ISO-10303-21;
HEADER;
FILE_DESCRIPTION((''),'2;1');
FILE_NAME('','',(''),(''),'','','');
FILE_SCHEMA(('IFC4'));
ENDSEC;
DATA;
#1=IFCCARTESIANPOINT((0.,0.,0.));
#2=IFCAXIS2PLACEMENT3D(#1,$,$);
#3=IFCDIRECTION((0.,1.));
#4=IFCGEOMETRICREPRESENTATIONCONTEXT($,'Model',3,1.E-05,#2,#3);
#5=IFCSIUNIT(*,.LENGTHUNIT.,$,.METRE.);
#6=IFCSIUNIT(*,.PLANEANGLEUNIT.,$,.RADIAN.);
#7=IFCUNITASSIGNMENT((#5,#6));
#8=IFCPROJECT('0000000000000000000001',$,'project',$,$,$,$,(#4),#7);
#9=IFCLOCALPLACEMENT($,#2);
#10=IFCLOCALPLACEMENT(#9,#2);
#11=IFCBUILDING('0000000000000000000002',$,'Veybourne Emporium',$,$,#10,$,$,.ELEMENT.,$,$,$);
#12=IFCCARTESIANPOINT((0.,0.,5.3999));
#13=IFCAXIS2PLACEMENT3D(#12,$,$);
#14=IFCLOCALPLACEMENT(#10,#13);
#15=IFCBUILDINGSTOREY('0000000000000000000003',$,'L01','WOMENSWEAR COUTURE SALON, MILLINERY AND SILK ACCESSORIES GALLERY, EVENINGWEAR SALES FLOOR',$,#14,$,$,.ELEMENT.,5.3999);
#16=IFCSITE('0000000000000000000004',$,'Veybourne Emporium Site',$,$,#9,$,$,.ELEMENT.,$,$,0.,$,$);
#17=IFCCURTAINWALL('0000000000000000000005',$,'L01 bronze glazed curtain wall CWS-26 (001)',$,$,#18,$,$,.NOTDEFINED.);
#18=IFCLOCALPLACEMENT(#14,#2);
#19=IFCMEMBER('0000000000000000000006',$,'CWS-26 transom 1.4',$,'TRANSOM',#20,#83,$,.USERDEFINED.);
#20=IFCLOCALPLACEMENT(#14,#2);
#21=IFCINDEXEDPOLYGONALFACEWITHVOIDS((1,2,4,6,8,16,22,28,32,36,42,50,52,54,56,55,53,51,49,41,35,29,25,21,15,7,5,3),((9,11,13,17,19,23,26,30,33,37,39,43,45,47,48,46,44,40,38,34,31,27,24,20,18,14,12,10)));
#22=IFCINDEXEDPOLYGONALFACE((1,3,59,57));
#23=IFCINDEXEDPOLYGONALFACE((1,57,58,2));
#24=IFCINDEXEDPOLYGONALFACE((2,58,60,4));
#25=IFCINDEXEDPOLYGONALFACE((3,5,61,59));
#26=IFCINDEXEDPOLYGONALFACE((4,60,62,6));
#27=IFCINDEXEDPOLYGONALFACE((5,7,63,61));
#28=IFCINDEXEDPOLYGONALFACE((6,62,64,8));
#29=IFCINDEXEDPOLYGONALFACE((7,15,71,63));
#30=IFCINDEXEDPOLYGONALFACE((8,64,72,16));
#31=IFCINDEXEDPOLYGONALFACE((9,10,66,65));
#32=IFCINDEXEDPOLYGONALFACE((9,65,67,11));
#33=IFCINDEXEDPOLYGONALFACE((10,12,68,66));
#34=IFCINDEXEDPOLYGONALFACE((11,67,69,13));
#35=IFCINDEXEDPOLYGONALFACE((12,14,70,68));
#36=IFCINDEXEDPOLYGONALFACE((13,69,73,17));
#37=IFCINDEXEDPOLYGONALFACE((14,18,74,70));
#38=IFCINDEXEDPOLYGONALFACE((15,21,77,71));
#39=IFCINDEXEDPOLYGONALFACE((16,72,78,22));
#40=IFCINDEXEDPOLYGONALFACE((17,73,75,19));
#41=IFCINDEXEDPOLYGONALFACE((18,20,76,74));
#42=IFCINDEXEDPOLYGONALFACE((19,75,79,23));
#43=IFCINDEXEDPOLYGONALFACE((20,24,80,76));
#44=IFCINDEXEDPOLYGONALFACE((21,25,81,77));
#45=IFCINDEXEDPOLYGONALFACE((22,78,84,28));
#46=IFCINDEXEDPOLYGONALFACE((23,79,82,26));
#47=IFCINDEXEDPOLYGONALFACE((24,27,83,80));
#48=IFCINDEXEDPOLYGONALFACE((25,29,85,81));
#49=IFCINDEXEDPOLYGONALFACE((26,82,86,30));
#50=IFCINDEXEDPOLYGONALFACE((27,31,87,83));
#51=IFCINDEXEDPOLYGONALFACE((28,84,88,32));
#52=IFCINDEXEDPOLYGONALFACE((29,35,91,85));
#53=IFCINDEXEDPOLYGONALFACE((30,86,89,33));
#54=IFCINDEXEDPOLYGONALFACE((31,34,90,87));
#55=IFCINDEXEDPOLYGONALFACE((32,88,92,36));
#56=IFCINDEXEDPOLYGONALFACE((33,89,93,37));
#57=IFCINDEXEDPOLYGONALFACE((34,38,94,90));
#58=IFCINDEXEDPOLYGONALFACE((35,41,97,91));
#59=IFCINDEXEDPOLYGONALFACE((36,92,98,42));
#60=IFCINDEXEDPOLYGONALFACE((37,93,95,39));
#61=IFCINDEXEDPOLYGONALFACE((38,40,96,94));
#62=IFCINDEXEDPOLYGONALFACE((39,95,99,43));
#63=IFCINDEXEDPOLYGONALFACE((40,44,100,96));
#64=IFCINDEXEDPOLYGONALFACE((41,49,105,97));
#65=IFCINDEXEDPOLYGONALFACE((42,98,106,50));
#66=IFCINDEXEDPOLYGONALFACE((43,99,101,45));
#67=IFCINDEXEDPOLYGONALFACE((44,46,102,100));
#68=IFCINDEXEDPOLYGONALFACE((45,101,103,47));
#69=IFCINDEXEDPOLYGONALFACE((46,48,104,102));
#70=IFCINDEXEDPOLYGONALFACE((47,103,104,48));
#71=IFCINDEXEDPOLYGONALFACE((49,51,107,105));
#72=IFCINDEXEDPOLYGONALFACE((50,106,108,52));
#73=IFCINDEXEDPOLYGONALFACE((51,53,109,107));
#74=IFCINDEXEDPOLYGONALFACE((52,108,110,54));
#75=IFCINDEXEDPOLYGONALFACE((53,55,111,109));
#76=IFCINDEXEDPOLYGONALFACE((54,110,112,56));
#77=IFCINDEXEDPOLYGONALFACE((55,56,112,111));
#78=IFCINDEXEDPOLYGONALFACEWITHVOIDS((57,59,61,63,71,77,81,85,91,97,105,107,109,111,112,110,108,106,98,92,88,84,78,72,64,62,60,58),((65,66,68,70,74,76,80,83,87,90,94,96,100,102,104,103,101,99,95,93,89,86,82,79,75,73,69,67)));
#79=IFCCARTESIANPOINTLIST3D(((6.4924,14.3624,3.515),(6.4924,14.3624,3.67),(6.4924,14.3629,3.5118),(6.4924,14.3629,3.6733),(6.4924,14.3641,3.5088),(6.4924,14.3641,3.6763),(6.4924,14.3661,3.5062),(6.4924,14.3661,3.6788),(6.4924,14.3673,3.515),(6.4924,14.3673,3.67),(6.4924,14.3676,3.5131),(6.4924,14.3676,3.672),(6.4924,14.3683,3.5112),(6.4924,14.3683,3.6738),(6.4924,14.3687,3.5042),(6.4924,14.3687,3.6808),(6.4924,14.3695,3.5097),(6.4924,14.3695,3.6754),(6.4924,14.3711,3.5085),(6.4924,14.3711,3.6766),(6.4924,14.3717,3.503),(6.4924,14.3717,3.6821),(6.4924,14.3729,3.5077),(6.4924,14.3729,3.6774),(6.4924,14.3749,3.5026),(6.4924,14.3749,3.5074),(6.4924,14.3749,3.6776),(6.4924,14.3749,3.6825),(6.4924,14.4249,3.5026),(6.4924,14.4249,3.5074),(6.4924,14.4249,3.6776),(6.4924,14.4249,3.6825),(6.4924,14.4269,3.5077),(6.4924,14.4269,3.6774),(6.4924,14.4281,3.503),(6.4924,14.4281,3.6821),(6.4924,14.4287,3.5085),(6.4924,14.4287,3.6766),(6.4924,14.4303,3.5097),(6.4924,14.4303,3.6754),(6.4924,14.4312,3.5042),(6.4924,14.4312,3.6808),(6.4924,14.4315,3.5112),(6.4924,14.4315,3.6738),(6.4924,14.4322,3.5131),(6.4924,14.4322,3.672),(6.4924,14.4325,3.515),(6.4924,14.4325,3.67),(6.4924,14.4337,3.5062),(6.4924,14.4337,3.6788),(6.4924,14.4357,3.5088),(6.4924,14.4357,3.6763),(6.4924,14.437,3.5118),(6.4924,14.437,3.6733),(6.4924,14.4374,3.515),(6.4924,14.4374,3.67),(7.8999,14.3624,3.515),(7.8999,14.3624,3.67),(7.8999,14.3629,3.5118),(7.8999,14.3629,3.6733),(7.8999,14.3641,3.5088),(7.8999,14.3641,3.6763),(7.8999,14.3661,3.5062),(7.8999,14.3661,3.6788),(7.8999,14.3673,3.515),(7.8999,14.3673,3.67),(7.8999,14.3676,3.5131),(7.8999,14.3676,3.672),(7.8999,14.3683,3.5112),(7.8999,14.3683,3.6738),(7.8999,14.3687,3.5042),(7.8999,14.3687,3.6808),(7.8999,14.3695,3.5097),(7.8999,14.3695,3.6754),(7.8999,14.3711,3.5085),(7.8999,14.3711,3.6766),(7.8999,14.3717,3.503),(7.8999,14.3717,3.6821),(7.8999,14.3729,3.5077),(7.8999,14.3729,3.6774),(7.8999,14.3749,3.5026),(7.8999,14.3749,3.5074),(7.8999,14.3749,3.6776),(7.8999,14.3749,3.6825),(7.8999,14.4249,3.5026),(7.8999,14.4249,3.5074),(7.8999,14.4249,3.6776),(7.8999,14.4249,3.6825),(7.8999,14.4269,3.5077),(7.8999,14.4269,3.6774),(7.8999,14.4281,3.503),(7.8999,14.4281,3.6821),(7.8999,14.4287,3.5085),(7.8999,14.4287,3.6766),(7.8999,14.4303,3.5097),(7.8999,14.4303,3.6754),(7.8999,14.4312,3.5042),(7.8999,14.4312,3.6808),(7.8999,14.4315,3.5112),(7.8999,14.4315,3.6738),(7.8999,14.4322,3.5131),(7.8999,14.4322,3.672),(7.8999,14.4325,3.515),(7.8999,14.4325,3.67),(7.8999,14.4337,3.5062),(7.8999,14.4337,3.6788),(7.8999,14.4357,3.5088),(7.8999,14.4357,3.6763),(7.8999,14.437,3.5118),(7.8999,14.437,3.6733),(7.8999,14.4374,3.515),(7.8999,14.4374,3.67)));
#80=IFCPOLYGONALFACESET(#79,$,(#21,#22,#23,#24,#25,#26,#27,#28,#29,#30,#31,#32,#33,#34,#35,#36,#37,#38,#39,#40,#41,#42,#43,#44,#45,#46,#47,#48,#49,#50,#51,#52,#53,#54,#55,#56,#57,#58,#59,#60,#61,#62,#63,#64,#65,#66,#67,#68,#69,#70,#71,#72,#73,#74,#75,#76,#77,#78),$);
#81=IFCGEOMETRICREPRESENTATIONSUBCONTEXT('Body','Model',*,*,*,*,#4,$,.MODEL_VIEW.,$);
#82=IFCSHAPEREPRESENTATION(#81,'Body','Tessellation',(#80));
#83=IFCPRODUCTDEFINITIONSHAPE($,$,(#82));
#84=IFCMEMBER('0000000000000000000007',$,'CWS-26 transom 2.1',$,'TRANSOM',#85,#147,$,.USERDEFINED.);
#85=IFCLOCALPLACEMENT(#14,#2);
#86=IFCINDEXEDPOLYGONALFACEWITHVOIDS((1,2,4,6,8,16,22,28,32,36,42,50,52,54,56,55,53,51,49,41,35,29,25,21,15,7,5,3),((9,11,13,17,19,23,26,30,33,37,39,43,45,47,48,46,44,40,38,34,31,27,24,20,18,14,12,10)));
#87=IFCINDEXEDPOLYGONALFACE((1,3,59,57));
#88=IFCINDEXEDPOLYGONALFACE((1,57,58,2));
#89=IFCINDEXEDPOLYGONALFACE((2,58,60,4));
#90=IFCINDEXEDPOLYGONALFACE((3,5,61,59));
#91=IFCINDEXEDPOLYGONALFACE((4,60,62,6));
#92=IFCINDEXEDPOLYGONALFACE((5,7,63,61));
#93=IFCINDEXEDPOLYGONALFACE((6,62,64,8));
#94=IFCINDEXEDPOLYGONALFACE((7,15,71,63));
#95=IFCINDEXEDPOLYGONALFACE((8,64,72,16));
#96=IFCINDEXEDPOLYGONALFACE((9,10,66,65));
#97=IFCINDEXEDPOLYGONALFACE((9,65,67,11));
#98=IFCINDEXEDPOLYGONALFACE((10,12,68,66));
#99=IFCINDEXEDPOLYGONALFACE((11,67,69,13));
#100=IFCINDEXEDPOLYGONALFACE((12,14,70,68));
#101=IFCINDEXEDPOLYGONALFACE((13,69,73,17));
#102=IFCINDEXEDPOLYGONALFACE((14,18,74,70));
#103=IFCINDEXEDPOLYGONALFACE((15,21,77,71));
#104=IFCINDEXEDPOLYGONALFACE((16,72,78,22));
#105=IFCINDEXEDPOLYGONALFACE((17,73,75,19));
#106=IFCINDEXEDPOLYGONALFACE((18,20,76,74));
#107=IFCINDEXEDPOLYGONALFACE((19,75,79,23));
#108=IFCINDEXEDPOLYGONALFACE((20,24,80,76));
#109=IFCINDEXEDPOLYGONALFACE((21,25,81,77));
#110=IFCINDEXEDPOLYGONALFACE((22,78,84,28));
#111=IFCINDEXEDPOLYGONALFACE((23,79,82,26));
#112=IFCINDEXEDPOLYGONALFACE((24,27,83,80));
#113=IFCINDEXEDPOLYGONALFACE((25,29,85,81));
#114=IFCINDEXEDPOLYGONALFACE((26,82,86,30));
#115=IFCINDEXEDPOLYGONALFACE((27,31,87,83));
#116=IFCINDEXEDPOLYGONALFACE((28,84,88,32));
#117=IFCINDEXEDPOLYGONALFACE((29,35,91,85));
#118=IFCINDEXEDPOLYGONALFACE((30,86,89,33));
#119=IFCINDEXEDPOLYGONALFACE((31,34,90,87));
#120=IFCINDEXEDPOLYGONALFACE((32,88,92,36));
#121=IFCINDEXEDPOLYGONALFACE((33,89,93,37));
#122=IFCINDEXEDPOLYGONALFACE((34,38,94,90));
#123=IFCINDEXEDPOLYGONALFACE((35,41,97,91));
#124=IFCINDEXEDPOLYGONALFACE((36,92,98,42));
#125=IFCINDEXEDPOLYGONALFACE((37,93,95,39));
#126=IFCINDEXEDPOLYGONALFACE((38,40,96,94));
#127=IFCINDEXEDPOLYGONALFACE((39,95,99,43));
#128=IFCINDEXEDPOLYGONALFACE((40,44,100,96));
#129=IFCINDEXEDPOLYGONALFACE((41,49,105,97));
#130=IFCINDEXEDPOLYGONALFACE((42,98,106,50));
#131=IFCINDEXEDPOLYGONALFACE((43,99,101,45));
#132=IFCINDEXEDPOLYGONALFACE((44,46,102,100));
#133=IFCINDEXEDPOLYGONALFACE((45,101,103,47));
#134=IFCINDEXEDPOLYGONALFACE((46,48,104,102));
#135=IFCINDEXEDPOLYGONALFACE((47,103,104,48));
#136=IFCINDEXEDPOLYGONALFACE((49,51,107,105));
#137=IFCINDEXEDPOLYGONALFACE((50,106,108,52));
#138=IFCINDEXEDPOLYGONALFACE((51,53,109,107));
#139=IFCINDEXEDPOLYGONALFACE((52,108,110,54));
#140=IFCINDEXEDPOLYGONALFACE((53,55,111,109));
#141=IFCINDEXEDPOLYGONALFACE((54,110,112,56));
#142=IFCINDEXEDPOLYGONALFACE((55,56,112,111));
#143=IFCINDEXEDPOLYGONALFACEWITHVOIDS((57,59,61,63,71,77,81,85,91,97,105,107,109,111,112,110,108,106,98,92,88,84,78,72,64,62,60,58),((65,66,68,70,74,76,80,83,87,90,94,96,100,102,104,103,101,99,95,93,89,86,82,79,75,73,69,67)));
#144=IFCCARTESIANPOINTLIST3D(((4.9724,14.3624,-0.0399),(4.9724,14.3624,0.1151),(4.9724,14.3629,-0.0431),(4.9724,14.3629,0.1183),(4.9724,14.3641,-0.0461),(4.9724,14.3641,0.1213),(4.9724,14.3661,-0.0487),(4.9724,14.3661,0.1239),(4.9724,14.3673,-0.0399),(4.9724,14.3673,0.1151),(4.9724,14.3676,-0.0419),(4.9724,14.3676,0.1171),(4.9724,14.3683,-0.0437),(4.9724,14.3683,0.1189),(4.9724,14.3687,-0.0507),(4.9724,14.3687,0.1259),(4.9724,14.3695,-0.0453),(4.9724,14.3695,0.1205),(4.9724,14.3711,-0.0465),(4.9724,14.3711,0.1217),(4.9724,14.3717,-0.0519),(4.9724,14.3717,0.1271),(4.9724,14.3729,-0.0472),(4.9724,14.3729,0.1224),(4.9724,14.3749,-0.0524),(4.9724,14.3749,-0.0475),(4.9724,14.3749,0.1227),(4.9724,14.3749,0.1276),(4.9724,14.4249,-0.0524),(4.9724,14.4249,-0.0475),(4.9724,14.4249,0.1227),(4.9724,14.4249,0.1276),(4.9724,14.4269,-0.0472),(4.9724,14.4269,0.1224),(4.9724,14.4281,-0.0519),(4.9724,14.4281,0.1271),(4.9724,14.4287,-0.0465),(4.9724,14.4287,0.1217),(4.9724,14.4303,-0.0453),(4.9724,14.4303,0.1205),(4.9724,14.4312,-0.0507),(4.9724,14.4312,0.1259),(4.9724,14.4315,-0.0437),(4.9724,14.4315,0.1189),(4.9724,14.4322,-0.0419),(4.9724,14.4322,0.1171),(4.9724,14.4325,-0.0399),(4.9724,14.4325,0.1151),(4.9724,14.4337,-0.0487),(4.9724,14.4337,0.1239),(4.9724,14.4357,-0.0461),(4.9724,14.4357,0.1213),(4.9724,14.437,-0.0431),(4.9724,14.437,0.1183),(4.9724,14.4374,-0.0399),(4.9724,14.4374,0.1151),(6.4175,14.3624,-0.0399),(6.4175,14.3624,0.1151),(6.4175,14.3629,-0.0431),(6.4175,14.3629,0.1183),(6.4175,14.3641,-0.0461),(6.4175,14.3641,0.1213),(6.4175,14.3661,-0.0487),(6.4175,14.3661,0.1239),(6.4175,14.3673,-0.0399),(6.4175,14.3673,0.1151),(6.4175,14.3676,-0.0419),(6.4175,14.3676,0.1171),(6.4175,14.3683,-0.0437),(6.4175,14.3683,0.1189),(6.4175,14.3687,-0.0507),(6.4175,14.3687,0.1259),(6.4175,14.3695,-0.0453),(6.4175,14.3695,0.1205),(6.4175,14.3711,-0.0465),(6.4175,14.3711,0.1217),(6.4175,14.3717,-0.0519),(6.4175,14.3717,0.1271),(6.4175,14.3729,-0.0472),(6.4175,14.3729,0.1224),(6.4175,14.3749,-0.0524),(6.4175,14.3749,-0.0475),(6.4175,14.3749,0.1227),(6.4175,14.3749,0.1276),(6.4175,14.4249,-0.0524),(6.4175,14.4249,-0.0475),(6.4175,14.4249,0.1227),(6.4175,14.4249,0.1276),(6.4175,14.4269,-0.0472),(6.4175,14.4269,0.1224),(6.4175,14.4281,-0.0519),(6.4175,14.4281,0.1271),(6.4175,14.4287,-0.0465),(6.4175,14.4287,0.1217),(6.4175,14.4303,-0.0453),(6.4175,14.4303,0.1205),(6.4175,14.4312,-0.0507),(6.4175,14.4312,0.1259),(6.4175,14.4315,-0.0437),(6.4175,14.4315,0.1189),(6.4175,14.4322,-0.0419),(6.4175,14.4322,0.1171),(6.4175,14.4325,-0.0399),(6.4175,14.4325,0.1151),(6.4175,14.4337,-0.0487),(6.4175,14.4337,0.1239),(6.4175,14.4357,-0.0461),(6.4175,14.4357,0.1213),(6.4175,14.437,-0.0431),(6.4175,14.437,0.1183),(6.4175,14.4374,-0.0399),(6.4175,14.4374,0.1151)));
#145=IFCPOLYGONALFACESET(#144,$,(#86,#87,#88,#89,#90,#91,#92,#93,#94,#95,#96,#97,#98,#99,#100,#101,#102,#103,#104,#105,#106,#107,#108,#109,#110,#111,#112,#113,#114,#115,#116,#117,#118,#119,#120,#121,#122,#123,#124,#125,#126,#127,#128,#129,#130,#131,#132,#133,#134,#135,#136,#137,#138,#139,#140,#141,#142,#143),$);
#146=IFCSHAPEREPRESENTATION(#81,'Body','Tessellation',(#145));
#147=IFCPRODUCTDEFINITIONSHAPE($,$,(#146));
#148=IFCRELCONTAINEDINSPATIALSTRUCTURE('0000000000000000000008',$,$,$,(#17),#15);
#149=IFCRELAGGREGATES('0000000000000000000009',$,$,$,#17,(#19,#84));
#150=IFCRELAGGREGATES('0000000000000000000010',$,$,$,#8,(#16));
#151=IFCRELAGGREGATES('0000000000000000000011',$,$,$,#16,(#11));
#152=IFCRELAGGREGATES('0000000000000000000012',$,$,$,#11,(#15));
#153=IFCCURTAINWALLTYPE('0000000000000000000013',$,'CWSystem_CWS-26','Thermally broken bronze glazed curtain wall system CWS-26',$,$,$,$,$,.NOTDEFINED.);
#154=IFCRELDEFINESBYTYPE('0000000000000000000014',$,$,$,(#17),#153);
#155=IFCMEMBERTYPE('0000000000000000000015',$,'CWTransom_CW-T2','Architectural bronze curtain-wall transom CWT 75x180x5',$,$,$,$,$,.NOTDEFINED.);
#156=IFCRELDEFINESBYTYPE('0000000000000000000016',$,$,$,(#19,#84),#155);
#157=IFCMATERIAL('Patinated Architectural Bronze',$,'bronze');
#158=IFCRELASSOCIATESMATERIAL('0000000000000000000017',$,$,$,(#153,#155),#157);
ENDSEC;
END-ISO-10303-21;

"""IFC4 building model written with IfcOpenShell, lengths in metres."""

from ifc_helpers import new_model, si_unit, direction, frame, origin, origin_2d, place, context, subcontext, project, spatial, hollow_rectangle, extrude, material, material_profile, profile_set, type_object, element, aggregate, save


model = new_model("IFC4")

# Units and contexts
model_context = context("Model", 3, precision=1e-05, world=origin(), true_north=direction((0.0, 1.0)))
body_context = subcontext(model_context, "Body", "Model", "MODEL_VIEW")
ifc_project = project(units=[si_unit("LENGTHUNIT", "METRE"), si_unit("PLANEANGLEUNIT", "RADIAN")], contexts=[model_context])

# Site, building, storey
site_placement = place(None, origin())
site = spatial("IfcSite", under=ifc_project, at=site_placement, Name="Veybourne Emporium Site", CompositionType="ELEMENT", RefElevation=0.0)
building_placement = place(site_placement, origin())
building = spatial("IfcBuilding", under=site, at=building_placement, Name="Veybourne Emporium", CompositionType="ELEMENT")
storey_placement = place(building_placement, frame((0.0, 0.0, 5.3999)))
storey = spatial("IfcBuildingStorey", under=building, at=storey_placement, Name="L01", Description="WOMENSWEAR COUTURE SALON, MILLINERY AND SILK ACCESSORIES GALLERY, EVENINGWEAR SALES FLOOR", CompositionType="ELEMENT", Elevation=5.3999)

# Curtain wall
ifc_material_1 = material(Name="Patinated Architectural Bronze", Category="bronze")
curtain_wall_type_1 = type_object("IfcCurtainWallType", Name="CWSystem_CWS-26", Description="Thermally broken bronze glazed curtain wall system CWS-26", PredefinedType="NOTDEFINED", material=ifc_material_1)
curtain_wall_1_placement = place(storey_placement, origin())
curtain_wall_1 = element("IfcCurtainWall", 1, at=curtain_wall_1_placement, inside=storey, type_object=curtain_wall_type_1, Name="L01 bronze glazed curtain wall CWS-26 (001)", PredefinedType="NOTDEFINED")

# Members
ifc_material_profile_1 = material_profile(ifc_material_1, hollow_rectangle(XDim=0.075, YDim=0.1799, WallThickness=0.0049, InnerFilletRadius=0.0076, OuterFilletRadius=0.0125, at=origin_2d()), Name="CWT 75x180x5")
ifc_profile_set_1 = profile_set([ifc_material_profile_1], Name="Patinated Architectural Bronze")
member_type_1 = type_object("IfcMemberType", Name="CWTransom_CW-T2", Description="Architectural bronze curtain-wall transom CWT 75x180x5", PredefinedType="NOTDEFINED", material=ifc_profile_set_1)
member_1_placement = place(storey_placement, frame((7.8999, 14.3999, 3.5925), z_axis=(-1.0, 0.0, 0.0), x_axis=(0.0, -1.0, 0.0)))
member_1 = element("IfcMember", 2, at=member_1_placement, type_object=member_type_1, Name="CWS-26 transom 1.4", ObjectType="TRANSOM", PredefinedType="USERDEFINED", context=body_context, shape_type="SweptSolid", body=[
    extrude(hollow_rectangle(XDim=0.075, YDim=0.1799, WallThickness=0.0049, InnerFilletRadius=0.0076, OuterFilletRadius=0.0125, at=origin_2d()), origin(), (0.0, 0.0, 1.0), 1.4075),
])
member_2_placement = place(storey_placement, frame((6.4175, 14.3999, 0.0376), z_axis=(-1.0, 0.0, 0.0), x_axis=(0.0, -1.0, 0.0)))
member_2 = element("IfcMember", 3, at=member_2_placement, type_object=member_type_1, Name="CWS-26 transom 2.1", ObjectType="TRANSOM", PredefinedType="USERDEFINED", context=body_context, shape_type="SweptSolid", body=[
    extrude(hollow_rectangle(XDim=0.075, YDim=0.1799, WallThickness=0.0049, InnerFilletRadius=0.0076, OuterFilletRadius=0.0125, at=origin_2d()), origin(), (0.0, 0.0, 1.0), 1.4451),
])

aggregate(curtain_wall_1, [member_1, member_2])

save(model, "model.ifc")
